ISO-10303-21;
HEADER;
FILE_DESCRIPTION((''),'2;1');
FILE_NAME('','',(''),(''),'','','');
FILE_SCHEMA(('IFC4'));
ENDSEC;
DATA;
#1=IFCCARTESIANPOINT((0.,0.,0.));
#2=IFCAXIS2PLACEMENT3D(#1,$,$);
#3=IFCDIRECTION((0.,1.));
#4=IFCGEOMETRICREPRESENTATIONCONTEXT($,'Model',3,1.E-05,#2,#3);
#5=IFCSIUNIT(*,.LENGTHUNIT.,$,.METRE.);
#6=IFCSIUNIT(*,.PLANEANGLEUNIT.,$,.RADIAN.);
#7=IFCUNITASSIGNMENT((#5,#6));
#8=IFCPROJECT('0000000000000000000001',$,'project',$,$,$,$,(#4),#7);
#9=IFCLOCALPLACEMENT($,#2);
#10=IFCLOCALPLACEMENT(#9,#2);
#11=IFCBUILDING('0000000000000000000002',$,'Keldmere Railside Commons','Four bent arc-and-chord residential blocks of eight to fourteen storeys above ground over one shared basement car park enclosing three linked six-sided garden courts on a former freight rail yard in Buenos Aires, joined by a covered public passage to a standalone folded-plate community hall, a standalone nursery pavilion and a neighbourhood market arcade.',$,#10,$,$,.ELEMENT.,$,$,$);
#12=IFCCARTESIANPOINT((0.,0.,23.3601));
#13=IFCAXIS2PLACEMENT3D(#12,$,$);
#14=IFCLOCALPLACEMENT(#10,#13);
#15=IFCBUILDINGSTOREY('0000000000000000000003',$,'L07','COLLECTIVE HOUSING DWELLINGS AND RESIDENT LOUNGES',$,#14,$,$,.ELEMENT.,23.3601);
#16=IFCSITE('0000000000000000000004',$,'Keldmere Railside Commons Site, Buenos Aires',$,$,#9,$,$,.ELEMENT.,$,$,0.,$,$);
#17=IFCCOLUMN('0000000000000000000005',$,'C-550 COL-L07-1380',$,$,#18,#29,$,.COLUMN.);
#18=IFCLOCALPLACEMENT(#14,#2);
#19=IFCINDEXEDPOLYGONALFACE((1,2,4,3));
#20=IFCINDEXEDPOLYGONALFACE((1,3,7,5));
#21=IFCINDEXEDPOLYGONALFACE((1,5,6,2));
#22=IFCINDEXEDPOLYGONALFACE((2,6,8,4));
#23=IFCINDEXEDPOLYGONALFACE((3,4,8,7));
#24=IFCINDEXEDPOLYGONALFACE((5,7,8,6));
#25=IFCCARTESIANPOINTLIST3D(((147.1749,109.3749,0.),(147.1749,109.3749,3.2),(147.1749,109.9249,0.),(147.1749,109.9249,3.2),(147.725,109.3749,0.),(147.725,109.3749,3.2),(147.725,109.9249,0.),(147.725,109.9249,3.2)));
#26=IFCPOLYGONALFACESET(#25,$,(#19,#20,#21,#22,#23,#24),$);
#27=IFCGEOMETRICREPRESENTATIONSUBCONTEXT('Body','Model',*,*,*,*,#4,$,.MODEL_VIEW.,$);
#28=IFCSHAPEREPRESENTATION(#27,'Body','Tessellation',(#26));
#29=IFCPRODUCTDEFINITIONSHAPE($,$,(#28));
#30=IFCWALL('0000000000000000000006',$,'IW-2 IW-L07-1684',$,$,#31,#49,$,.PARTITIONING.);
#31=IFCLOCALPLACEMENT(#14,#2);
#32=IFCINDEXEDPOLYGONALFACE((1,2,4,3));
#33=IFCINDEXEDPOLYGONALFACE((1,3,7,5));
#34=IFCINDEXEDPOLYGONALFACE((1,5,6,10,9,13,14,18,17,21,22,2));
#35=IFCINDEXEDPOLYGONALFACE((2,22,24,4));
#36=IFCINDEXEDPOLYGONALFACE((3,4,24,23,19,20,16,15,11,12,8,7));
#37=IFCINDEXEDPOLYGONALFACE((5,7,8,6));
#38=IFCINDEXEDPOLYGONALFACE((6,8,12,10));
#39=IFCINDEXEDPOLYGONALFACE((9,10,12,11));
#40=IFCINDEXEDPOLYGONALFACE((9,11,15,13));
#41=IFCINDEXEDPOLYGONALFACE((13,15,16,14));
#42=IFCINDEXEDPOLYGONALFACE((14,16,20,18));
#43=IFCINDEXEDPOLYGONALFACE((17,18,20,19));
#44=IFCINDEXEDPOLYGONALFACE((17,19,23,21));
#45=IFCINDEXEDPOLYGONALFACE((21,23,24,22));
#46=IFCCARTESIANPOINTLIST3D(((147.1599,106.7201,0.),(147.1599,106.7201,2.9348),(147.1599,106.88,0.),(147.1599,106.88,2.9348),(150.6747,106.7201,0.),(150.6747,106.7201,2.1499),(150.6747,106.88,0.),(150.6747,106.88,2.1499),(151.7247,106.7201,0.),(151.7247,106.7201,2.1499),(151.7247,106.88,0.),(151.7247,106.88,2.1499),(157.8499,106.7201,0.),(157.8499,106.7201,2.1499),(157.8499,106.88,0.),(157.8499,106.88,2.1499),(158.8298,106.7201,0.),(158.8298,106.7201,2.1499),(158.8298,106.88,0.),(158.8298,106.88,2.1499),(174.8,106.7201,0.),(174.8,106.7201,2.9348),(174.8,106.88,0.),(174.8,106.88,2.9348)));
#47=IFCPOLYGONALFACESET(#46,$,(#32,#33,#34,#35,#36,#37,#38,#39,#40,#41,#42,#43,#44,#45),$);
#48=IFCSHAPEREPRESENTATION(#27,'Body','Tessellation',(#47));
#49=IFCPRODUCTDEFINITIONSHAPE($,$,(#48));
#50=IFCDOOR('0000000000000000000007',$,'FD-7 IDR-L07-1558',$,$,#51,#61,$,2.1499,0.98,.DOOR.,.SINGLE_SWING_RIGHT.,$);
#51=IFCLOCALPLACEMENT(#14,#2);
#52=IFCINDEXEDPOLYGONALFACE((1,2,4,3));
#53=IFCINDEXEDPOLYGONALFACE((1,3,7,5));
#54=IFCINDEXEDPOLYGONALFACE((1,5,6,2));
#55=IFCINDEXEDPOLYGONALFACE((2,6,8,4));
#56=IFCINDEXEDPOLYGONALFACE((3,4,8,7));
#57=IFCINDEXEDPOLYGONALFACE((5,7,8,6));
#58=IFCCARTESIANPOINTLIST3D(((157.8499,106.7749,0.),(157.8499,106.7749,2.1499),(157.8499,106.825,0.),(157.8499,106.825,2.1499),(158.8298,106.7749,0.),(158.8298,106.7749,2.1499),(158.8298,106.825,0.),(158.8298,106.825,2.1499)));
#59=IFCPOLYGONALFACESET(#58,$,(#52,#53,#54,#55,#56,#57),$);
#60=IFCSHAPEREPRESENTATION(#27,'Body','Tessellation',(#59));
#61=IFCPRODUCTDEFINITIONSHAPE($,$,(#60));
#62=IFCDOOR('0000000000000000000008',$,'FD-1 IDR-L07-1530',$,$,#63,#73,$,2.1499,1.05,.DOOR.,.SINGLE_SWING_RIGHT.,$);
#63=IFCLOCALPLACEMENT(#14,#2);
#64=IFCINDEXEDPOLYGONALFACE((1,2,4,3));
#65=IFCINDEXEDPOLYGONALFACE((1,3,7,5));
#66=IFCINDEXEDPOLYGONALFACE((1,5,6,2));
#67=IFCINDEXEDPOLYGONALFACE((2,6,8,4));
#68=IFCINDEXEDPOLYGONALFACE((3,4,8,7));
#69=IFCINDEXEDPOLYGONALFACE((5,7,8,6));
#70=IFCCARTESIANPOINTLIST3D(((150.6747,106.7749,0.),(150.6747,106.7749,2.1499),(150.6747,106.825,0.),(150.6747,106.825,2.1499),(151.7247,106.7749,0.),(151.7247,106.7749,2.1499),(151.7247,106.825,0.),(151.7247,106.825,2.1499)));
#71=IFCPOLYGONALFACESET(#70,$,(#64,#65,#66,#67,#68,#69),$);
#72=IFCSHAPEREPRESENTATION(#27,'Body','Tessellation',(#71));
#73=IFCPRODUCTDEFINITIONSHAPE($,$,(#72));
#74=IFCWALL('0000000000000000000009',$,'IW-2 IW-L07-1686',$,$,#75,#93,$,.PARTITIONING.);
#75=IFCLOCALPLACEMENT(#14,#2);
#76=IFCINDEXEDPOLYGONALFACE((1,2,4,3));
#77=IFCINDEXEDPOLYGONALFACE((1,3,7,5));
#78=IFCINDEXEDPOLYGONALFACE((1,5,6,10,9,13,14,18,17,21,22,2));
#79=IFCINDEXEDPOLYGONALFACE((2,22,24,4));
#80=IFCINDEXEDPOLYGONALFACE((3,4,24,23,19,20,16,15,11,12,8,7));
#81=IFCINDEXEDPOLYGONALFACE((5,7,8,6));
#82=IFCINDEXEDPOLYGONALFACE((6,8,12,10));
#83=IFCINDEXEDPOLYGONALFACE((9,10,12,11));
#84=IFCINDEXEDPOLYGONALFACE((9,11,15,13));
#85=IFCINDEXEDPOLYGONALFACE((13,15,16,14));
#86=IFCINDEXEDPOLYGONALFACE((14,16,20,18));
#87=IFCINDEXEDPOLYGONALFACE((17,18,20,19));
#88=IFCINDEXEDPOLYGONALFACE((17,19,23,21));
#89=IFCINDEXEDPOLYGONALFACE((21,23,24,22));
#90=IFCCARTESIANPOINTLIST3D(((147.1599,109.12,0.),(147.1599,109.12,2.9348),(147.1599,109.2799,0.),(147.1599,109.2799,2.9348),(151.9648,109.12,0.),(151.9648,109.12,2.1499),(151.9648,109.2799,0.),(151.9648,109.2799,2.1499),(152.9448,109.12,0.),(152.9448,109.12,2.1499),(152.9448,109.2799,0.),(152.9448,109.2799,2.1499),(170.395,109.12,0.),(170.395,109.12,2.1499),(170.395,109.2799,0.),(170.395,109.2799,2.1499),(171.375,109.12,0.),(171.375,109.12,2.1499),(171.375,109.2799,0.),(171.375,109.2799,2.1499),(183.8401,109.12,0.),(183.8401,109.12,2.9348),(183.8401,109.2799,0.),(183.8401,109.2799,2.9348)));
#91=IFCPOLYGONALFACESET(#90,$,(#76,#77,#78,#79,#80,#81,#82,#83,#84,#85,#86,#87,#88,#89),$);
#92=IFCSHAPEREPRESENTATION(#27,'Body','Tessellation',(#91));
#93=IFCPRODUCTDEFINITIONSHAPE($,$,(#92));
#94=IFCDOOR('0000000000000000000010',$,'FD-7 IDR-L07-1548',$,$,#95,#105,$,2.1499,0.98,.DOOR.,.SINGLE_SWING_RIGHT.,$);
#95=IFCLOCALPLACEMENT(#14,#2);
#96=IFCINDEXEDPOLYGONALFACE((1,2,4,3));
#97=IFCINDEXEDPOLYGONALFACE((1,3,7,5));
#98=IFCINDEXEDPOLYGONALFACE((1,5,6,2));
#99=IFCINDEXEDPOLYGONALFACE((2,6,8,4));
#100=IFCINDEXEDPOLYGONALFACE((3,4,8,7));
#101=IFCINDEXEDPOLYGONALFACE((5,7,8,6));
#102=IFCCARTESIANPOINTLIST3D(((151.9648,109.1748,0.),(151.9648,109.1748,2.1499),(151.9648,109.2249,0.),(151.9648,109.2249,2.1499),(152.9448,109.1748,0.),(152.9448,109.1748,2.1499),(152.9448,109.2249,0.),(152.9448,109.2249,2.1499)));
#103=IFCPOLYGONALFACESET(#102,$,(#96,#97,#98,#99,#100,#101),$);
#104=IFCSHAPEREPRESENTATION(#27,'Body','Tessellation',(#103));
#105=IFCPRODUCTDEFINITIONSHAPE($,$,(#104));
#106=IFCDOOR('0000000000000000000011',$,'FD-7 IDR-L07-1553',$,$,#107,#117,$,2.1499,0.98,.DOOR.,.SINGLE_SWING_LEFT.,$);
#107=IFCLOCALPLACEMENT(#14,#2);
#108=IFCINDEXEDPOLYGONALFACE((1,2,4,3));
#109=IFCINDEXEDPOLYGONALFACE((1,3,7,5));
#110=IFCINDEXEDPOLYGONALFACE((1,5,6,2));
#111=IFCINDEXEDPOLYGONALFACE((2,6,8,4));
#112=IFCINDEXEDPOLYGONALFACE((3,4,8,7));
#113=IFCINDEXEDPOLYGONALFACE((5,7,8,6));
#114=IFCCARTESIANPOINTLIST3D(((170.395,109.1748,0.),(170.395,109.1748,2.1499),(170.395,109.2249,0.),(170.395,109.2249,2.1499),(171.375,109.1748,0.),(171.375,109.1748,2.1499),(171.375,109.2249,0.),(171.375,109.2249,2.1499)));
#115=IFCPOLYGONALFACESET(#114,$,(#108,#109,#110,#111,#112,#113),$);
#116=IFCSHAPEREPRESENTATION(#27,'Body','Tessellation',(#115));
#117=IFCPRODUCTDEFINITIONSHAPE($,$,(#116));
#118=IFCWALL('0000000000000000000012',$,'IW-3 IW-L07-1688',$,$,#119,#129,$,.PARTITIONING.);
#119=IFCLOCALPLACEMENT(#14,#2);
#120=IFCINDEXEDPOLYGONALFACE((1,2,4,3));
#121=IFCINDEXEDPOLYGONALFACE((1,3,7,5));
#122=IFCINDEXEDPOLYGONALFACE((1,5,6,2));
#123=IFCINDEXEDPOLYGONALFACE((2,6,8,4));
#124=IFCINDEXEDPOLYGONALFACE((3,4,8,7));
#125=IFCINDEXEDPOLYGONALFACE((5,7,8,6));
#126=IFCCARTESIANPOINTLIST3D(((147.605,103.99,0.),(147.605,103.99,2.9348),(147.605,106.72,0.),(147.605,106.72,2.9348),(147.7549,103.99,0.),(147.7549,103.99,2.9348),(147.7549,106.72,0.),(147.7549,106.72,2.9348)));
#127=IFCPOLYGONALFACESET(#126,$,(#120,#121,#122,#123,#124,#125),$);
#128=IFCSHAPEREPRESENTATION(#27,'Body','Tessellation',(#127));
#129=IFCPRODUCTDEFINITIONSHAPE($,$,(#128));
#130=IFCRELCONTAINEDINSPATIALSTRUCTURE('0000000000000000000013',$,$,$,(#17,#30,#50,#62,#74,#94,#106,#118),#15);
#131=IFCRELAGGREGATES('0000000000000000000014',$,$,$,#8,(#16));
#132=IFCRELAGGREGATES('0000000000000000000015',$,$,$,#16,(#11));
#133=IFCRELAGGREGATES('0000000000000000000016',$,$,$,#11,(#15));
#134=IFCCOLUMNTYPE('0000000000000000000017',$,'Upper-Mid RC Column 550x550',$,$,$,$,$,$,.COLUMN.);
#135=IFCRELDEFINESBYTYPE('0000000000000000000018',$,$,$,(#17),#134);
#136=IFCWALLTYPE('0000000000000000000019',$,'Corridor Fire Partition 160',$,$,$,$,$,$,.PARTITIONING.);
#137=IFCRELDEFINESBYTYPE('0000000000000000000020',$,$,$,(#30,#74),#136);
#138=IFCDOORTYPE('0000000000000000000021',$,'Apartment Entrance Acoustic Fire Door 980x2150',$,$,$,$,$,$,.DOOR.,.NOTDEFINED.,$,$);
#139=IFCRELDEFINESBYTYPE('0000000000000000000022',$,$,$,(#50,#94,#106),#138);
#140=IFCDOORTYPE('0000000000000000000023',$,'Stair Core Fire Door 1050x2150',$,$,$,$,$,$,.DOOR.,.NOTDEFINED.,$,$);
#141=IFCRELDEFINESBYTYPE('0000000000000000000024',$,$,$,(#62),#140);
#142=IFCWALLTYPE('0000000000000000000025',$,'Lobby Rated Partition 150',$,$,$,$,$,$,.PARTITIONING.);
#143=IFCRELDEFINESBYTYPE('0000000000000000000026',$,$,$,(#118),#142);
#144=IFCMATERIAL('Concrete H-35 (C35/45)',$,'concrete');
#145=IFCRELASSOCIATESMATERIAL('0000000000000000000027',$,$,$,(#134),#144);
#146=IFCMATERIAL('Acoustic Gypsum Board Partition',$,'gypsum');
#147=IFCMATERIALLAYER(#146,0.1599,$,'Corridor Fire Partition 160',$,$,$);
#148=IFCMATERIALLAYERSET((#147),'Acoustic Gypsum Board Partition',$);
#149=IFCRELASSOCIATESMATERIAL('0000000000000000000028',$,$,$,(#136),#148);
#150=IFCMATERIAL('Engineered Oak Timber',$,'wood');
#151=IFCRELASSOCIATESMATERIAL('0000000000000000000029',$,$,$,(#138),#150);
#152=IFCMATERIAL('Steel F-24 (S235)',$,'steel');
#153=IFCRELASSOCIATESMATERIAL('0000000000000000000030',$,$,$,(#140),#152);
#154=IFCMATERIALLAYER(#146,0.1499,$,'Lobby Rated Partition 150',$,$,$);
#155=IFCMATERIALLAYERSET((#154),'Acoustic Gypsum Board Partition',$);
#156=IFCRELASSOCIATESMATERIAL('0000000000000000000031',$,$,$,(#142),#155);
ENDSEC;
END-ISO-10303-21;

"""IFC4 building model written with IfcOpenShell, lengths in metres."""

from ifc_helpers import new_model, si_unit, direction, frame, frame_2d, origin, origin_2d, place, context, subcontext, project, spatial, rectangle, extrude, material, layer, layer_set, material_profile, profile_set, type_object, element, fill, save


model = new_model("IFC4")

# Units and contexts
model_context = context("Model", 3, precision=1e-05, world=origin(), true_north=direction((0.0, 1.0)))
body_context = subcontext(model_context, "Body", "Model", "MODEL_VIEW")
ifc_project = project(units=[si_unit("LENGTHUNIT", "METRE"), si_unit("PLANEANGLEUNIT", "RADIAN")], contexts=[model_context])

# Site, building, storey
site_placement = place(None, origin())
site = spatial("IfcSite", under=ifc_project, at=site_placement, Name="Keldmere Railside Commons Site, Buenos Aires", CompositionType="ELEMENT", RefElevation=0.0)
building_placement = place(site_placement, origin())
building = spatial("IfcBuilding", under=site, at=building_placement, Name="Keldmere Railside Commons", Description="Four bent arc-and-chord residential blocks of eight to fourteen storeys above ground over one shared basement car park enclosing three linked six-sided garden courts on a former freight rail yard in Buenos Aires, joined by a covered public passage to a standalone folded-plate community hall, a standalone nursery pavilion and a neighbourhood market arcade.", CompositionType="ELEMENT")
storey_placement = place(building_placement, frame((0.0, 0.0, 23.3601)))
storey = spatial("IfcBuildingStorey", under=building, at=storey_placement, Name="L07", Description="COLLECTIVE HOUSING DWELLINGS AND RESIDENT LOUNGES", CompositionType="ELEMENT", Elevation=23.3601)

# Column
ifc_material_1 = material(Name="Concrete H-35 (C35/45)", Category="concrete")
ifc_material_profile = material_profile(ifc_material_1, rectangle(XDim=0.55, YDim=0.55, at=origin_2d()), Name="RC-550x550")
ifc_profile_set = profile_set([ifc_material_profile], Name="Concrete H-35 (C35/45)")
column_type = type_object("IfcColumnType", Name="Upper-Mid RC Column 550x550", PredefinedType="COLUMN", material=ifc_profile_set)
column_placement = place(storey_placement, frame((147.45, 109.6499, 0.0), z_axis=(0.0, 0.0, 1.0), x_axis=(1.0, 0.0, 0.0)))
element("IfcColumn", 1, at=column_placement, inside=storey, type_object=column_type, Name="C-550 COL-L07-1380", PredefinedType="COLUMN", context=body_context, shape_type="SweptSolid", body=[
    extrude(rectangle(XDim=0.55, YDim=0.55, at=origin_2d()), origin(), (0.0, 0.0, 1.0), 3.2),
])

# Walls, openings, doors
ifc_material_2 = material(Name="Acoustic Gypsum Board Partition", Category="gypsum")
ifc_layer_1 = layer(ifc_material_2, 0.1599, Name="Corridor Fire Partition 160")
ifc_layer_set_1 = layer_set([ifc_layer_1], Name="Acoustic Gypsum Board Partition")
wall_type_1 = type_object("IfcWallType", Name="Corridor Fire Partition 160", PredefinedType="PARTITIONING", material=ifc_layer_set_1)
wall_1_placement = place(storey_placement, frame((147.1599, 106.8, 0.0), z_axis=(0.0, 0.0, 1.0), x_axis=(1.0, 0.0, 0.0)))
wall_1 = element("IfcWall", 2, at=wall_1_placement, inside=storey, type_object=wall_type_1, Name="IW-2 IW-L07-1684", PredefinedType="PARTITIONING", context=body_context, shape_type="SweptSolid", body=[
    extrude(rectangle(XDim=27.6401, YDim=0.1599, at=frame_2d((13.8201, 0.0))), origin(), (0.0, 0.0, 1.0), 2.9348),
])
opening_1_placement = place(wall_1_placement, frame((3.5149, 0.0, 0.0)))
opening_1 = element("IfcOpeningElement", 3, at=opening_1_placement, cuts=wall_1, PredefinedType="OPENING", context=body_context, shape_type="SweptSolid", body=[
    extrude(rectangle(XDim=1.05, YDim=2.1499, at=frame_2d((0.5249, 1.075))), frame((0.0, 0.0898, 0.0), z_axis=(0.0, -1.0, 0.0), x_axis=(1.0, 0.0, 0.0)), (0.0, 0.0, 1.0), 0.1799),
])
opening_2_placement = place(wall_1_placement, frame((10.6899, 0.0, 0.0)))
opening_2 = element("IfcOpeningElement", 4, at=opening_2_placement, cuts=wall_1, PredefinedType="OPENING", context=body_context, shape_type="SweptSolid", body=[
    extrude(rectangle(XDim=0.98, YDim=2.1499, at=frame_2d((0.49, 1.075))), frame((0.0, 0.0898, 0.0), z_axis=(0.0, -1.0, 0.0), x_axis=(1.0, 0.0, 0.0)), (0.0, 0.0, 1.0), 0.1799),
])
ifc_material_3 = material(Name="Engineered Oak Timber", Category="wood")
door_type_1 = type_object("IfcDoorType", Name="Apartment Entrance Acoustic Fire Door 980x2150", OperationType="NOTDEFINED", PredefinedType="DOOR", material=ifc_material_3)
door_1_placement = place(opening_2_placement, origin())
door_1 = element("IfcDoor", 5, at=door_1_placement, inside=storey, type_object=door_type_1, Name="FD-7 IDR-L07-1558", OperationType="SINGLE_SWING_RIGHT", OverallHeight=2.1499, OverallWidth=0.98, PredefinedType="DOOR", context=body_context, shape_type="SweptSolid", body=[
    extrude(rectangle(XDim=0.98, YDim=2.1499, at=frame_2d((0.49, 1.075))), frame((0.0, 0.0249, 0.0), z_axis=(0.0, -1.0, 0.0), x_axis=(1.0, 0.0, 0.0)), (0.0, 0.0, 1.0), 0.05),
])
fill(opening_2, door_1)
ifc_material_4 = material(Name="Steel F-24 (S235)", Category="steel")
door_type_2 = type_object("IfcDoorType", Name="Stair Core Fire Door 1050x2150", OperationType="NOTDEFINED", PredefinedType="DOOR", material=ifc_material_4)
door_2_placement = place(opening_1_placement, origin())
door_2 = element("IfcDoor", 6, at=door_2_placement, inside=storey, type_object=door_type_2, Name="FD-1 IDR-L07-1530", OperationType="SINGLE_SWING_RIGHT", OverallHeight=2.1499, OverallWidth=1.05, PredefinedType="DOOR", context=body_context, shape_type="SweptSolid", body=[
    extrude(rectangle(XDim=1.05, YDim=2.1499, at=frame_2d((0.5249, 1.075))), frame((0.0, 0.0249, 0.0), z_axis=(0.0, -1.0, 0.0), x_axis=(1.0, 0.0, 0.0)), (0.0, 0.0, 1.0), 0.05),
])
fill(opening_1, door_2)
wall_2_placement = place(storey_placement, frame((147.1599, 109.2, 0.0), z_axis=(0.0, 0.0, 1.0), x_axis=(1.0, 0.0, 0.0)))
wall_2 = element("IfcWall", 7, at=wall_2_placement, inside=storey, type_object=wall_type_1, Name="IW-2 IW-L07-1686", PredefinedType="PARTITIONING", context=body_context, shape_type="SweptSolid", body=[
    extrude(rectangle(XDim=36.6802, YDim=0.1599, at=frame_2d((18.3401, 0.0))), origin(), (0.0, 0.0, 1.0), 2.9348),
])
opening_3_placement = place(wall_2_placement, frame((4.8049, 0.0, 0.0)))
opening_3 = element("IfcOpeningElement", 8, at=opening_3_placement, cuts=wall_2, PredefinedType="OPENING", context=body_context, shape_type="SweptSolid", body=[
    extrude(rectangle(XDim=0.98, YDim=2.1499, at=frame_2d((0.49, 1.075))), frame((0.0, 0.0898, 0.0), z_axis=(0.0, -1.0, 0.0), x_axis=(1.0, 0.0, 0.0)), (0.0, 0.0, 1.0), 0.1799),
])
opening_4_placement = place(wall_2_placement, frame((23.2351, 0.0, 0.0)))
opening_4 = element("IfcOpeningElement", 9, at=opening_4_placement, cuts=wall_2, PredefinedType="OPENING", context=body_context, shape_type="SweptSolid", body=[
    extrude(rectangle(XDim=0.98, YDim=2.1499, at=frame_2d((0.49, 1.075))), frame((0.0, 0.0898, 0.0), z_axis=(0.0, -1.0, 0.0), x_axis=(1.0, 0.0, 0.0)), (0.0, 0.0, 1.0), 0.1799),
])
door_3_placement = place(opening_3_placement, origin())
door_3 = element("IfcDoor", 10, at=door_3_placement, inside=storey, type_object=door_type_1, Name="FD-7 IDR-L07-1548", OperationType="SINGLE_SWING_RIGHT", OverallHeight=2.1499, OverallWidth=0.98, PredefinedType="DOOR", context=body_context, shape_type="SweptSolid", body=[
    extrude(rectangle(XDim=0.98, YDim=2.1499, at=frame_2d((0.49, 1.075))), frame((0.0, 0.0249, 0.0), z_axis=(0.0, -1.0, 0.0), x_axis=(1.0, 0.0, 0.0)), (0.0, 0.0, 1.0), 0.05),
])
fill(opening_3, door_3)
door_4_placement = place(opening_4_placement, origin())
door_4 = element("IfcDoor", 11, at=door_4_placement, inside=storey, type_object=door_type_1, Name="FD-7 IDR-L07-1553", OperationType="SINGLE_SWING_LEFT", OverallHeight=2.1499, OverallWidth=0.98, PredefinedType="DOOR", context=body_context, shape_type="SweptSolid", body=[
    extrude(rectangle(XDim=0.98, YDim=2.1499, at=frame_2d((0.49, 1.075))), frame((0.0, 0.0249, 0.0), z_axis=(0.0, -1.0, 0.0), x_axis=(1.0, 0.0, 0.0)), (0.0, 0.0, 1.0), 0.05),
])
fill(opening_4, door_4)

# Wall
ifc_layer_2 = layer(ifc_material_2, 0.1499, Name="Lobby Rated Partition 150")
ifc_layer_set_2 = layer_set([ifc_layer_2], Name="Acoustic Gypsum Board Partition")
wall_type_2 = type_object("IfcWallType", Name="Lobby Rated Partition 150", PredefinedType="PARTITIONING", material=ifc_layer_set_2)
wall_3_placement = place(storey_placement, frame((147.6799, 103.99, 0.0), z_axis=(0.0, 0.0, 1.0), x_axis=(0.0, 1.0, 0.0)))
element("IfcWall", 12, at=wall_3_placement, inside=storey, type_object=wall_type_2, Name="IW-3 IW-L07-1688", PredefinedType="PARTITIONING", context=body_context, shape_type="SweptSolid", body=[
    extrude(rectangle(XDim=2.73, YDim=0.1499, at=frame_2d((1.365, 0.0))), origin(), (0.0, 0.0, 1.0), 2.9348),
])

save(model, "model.ifc")
